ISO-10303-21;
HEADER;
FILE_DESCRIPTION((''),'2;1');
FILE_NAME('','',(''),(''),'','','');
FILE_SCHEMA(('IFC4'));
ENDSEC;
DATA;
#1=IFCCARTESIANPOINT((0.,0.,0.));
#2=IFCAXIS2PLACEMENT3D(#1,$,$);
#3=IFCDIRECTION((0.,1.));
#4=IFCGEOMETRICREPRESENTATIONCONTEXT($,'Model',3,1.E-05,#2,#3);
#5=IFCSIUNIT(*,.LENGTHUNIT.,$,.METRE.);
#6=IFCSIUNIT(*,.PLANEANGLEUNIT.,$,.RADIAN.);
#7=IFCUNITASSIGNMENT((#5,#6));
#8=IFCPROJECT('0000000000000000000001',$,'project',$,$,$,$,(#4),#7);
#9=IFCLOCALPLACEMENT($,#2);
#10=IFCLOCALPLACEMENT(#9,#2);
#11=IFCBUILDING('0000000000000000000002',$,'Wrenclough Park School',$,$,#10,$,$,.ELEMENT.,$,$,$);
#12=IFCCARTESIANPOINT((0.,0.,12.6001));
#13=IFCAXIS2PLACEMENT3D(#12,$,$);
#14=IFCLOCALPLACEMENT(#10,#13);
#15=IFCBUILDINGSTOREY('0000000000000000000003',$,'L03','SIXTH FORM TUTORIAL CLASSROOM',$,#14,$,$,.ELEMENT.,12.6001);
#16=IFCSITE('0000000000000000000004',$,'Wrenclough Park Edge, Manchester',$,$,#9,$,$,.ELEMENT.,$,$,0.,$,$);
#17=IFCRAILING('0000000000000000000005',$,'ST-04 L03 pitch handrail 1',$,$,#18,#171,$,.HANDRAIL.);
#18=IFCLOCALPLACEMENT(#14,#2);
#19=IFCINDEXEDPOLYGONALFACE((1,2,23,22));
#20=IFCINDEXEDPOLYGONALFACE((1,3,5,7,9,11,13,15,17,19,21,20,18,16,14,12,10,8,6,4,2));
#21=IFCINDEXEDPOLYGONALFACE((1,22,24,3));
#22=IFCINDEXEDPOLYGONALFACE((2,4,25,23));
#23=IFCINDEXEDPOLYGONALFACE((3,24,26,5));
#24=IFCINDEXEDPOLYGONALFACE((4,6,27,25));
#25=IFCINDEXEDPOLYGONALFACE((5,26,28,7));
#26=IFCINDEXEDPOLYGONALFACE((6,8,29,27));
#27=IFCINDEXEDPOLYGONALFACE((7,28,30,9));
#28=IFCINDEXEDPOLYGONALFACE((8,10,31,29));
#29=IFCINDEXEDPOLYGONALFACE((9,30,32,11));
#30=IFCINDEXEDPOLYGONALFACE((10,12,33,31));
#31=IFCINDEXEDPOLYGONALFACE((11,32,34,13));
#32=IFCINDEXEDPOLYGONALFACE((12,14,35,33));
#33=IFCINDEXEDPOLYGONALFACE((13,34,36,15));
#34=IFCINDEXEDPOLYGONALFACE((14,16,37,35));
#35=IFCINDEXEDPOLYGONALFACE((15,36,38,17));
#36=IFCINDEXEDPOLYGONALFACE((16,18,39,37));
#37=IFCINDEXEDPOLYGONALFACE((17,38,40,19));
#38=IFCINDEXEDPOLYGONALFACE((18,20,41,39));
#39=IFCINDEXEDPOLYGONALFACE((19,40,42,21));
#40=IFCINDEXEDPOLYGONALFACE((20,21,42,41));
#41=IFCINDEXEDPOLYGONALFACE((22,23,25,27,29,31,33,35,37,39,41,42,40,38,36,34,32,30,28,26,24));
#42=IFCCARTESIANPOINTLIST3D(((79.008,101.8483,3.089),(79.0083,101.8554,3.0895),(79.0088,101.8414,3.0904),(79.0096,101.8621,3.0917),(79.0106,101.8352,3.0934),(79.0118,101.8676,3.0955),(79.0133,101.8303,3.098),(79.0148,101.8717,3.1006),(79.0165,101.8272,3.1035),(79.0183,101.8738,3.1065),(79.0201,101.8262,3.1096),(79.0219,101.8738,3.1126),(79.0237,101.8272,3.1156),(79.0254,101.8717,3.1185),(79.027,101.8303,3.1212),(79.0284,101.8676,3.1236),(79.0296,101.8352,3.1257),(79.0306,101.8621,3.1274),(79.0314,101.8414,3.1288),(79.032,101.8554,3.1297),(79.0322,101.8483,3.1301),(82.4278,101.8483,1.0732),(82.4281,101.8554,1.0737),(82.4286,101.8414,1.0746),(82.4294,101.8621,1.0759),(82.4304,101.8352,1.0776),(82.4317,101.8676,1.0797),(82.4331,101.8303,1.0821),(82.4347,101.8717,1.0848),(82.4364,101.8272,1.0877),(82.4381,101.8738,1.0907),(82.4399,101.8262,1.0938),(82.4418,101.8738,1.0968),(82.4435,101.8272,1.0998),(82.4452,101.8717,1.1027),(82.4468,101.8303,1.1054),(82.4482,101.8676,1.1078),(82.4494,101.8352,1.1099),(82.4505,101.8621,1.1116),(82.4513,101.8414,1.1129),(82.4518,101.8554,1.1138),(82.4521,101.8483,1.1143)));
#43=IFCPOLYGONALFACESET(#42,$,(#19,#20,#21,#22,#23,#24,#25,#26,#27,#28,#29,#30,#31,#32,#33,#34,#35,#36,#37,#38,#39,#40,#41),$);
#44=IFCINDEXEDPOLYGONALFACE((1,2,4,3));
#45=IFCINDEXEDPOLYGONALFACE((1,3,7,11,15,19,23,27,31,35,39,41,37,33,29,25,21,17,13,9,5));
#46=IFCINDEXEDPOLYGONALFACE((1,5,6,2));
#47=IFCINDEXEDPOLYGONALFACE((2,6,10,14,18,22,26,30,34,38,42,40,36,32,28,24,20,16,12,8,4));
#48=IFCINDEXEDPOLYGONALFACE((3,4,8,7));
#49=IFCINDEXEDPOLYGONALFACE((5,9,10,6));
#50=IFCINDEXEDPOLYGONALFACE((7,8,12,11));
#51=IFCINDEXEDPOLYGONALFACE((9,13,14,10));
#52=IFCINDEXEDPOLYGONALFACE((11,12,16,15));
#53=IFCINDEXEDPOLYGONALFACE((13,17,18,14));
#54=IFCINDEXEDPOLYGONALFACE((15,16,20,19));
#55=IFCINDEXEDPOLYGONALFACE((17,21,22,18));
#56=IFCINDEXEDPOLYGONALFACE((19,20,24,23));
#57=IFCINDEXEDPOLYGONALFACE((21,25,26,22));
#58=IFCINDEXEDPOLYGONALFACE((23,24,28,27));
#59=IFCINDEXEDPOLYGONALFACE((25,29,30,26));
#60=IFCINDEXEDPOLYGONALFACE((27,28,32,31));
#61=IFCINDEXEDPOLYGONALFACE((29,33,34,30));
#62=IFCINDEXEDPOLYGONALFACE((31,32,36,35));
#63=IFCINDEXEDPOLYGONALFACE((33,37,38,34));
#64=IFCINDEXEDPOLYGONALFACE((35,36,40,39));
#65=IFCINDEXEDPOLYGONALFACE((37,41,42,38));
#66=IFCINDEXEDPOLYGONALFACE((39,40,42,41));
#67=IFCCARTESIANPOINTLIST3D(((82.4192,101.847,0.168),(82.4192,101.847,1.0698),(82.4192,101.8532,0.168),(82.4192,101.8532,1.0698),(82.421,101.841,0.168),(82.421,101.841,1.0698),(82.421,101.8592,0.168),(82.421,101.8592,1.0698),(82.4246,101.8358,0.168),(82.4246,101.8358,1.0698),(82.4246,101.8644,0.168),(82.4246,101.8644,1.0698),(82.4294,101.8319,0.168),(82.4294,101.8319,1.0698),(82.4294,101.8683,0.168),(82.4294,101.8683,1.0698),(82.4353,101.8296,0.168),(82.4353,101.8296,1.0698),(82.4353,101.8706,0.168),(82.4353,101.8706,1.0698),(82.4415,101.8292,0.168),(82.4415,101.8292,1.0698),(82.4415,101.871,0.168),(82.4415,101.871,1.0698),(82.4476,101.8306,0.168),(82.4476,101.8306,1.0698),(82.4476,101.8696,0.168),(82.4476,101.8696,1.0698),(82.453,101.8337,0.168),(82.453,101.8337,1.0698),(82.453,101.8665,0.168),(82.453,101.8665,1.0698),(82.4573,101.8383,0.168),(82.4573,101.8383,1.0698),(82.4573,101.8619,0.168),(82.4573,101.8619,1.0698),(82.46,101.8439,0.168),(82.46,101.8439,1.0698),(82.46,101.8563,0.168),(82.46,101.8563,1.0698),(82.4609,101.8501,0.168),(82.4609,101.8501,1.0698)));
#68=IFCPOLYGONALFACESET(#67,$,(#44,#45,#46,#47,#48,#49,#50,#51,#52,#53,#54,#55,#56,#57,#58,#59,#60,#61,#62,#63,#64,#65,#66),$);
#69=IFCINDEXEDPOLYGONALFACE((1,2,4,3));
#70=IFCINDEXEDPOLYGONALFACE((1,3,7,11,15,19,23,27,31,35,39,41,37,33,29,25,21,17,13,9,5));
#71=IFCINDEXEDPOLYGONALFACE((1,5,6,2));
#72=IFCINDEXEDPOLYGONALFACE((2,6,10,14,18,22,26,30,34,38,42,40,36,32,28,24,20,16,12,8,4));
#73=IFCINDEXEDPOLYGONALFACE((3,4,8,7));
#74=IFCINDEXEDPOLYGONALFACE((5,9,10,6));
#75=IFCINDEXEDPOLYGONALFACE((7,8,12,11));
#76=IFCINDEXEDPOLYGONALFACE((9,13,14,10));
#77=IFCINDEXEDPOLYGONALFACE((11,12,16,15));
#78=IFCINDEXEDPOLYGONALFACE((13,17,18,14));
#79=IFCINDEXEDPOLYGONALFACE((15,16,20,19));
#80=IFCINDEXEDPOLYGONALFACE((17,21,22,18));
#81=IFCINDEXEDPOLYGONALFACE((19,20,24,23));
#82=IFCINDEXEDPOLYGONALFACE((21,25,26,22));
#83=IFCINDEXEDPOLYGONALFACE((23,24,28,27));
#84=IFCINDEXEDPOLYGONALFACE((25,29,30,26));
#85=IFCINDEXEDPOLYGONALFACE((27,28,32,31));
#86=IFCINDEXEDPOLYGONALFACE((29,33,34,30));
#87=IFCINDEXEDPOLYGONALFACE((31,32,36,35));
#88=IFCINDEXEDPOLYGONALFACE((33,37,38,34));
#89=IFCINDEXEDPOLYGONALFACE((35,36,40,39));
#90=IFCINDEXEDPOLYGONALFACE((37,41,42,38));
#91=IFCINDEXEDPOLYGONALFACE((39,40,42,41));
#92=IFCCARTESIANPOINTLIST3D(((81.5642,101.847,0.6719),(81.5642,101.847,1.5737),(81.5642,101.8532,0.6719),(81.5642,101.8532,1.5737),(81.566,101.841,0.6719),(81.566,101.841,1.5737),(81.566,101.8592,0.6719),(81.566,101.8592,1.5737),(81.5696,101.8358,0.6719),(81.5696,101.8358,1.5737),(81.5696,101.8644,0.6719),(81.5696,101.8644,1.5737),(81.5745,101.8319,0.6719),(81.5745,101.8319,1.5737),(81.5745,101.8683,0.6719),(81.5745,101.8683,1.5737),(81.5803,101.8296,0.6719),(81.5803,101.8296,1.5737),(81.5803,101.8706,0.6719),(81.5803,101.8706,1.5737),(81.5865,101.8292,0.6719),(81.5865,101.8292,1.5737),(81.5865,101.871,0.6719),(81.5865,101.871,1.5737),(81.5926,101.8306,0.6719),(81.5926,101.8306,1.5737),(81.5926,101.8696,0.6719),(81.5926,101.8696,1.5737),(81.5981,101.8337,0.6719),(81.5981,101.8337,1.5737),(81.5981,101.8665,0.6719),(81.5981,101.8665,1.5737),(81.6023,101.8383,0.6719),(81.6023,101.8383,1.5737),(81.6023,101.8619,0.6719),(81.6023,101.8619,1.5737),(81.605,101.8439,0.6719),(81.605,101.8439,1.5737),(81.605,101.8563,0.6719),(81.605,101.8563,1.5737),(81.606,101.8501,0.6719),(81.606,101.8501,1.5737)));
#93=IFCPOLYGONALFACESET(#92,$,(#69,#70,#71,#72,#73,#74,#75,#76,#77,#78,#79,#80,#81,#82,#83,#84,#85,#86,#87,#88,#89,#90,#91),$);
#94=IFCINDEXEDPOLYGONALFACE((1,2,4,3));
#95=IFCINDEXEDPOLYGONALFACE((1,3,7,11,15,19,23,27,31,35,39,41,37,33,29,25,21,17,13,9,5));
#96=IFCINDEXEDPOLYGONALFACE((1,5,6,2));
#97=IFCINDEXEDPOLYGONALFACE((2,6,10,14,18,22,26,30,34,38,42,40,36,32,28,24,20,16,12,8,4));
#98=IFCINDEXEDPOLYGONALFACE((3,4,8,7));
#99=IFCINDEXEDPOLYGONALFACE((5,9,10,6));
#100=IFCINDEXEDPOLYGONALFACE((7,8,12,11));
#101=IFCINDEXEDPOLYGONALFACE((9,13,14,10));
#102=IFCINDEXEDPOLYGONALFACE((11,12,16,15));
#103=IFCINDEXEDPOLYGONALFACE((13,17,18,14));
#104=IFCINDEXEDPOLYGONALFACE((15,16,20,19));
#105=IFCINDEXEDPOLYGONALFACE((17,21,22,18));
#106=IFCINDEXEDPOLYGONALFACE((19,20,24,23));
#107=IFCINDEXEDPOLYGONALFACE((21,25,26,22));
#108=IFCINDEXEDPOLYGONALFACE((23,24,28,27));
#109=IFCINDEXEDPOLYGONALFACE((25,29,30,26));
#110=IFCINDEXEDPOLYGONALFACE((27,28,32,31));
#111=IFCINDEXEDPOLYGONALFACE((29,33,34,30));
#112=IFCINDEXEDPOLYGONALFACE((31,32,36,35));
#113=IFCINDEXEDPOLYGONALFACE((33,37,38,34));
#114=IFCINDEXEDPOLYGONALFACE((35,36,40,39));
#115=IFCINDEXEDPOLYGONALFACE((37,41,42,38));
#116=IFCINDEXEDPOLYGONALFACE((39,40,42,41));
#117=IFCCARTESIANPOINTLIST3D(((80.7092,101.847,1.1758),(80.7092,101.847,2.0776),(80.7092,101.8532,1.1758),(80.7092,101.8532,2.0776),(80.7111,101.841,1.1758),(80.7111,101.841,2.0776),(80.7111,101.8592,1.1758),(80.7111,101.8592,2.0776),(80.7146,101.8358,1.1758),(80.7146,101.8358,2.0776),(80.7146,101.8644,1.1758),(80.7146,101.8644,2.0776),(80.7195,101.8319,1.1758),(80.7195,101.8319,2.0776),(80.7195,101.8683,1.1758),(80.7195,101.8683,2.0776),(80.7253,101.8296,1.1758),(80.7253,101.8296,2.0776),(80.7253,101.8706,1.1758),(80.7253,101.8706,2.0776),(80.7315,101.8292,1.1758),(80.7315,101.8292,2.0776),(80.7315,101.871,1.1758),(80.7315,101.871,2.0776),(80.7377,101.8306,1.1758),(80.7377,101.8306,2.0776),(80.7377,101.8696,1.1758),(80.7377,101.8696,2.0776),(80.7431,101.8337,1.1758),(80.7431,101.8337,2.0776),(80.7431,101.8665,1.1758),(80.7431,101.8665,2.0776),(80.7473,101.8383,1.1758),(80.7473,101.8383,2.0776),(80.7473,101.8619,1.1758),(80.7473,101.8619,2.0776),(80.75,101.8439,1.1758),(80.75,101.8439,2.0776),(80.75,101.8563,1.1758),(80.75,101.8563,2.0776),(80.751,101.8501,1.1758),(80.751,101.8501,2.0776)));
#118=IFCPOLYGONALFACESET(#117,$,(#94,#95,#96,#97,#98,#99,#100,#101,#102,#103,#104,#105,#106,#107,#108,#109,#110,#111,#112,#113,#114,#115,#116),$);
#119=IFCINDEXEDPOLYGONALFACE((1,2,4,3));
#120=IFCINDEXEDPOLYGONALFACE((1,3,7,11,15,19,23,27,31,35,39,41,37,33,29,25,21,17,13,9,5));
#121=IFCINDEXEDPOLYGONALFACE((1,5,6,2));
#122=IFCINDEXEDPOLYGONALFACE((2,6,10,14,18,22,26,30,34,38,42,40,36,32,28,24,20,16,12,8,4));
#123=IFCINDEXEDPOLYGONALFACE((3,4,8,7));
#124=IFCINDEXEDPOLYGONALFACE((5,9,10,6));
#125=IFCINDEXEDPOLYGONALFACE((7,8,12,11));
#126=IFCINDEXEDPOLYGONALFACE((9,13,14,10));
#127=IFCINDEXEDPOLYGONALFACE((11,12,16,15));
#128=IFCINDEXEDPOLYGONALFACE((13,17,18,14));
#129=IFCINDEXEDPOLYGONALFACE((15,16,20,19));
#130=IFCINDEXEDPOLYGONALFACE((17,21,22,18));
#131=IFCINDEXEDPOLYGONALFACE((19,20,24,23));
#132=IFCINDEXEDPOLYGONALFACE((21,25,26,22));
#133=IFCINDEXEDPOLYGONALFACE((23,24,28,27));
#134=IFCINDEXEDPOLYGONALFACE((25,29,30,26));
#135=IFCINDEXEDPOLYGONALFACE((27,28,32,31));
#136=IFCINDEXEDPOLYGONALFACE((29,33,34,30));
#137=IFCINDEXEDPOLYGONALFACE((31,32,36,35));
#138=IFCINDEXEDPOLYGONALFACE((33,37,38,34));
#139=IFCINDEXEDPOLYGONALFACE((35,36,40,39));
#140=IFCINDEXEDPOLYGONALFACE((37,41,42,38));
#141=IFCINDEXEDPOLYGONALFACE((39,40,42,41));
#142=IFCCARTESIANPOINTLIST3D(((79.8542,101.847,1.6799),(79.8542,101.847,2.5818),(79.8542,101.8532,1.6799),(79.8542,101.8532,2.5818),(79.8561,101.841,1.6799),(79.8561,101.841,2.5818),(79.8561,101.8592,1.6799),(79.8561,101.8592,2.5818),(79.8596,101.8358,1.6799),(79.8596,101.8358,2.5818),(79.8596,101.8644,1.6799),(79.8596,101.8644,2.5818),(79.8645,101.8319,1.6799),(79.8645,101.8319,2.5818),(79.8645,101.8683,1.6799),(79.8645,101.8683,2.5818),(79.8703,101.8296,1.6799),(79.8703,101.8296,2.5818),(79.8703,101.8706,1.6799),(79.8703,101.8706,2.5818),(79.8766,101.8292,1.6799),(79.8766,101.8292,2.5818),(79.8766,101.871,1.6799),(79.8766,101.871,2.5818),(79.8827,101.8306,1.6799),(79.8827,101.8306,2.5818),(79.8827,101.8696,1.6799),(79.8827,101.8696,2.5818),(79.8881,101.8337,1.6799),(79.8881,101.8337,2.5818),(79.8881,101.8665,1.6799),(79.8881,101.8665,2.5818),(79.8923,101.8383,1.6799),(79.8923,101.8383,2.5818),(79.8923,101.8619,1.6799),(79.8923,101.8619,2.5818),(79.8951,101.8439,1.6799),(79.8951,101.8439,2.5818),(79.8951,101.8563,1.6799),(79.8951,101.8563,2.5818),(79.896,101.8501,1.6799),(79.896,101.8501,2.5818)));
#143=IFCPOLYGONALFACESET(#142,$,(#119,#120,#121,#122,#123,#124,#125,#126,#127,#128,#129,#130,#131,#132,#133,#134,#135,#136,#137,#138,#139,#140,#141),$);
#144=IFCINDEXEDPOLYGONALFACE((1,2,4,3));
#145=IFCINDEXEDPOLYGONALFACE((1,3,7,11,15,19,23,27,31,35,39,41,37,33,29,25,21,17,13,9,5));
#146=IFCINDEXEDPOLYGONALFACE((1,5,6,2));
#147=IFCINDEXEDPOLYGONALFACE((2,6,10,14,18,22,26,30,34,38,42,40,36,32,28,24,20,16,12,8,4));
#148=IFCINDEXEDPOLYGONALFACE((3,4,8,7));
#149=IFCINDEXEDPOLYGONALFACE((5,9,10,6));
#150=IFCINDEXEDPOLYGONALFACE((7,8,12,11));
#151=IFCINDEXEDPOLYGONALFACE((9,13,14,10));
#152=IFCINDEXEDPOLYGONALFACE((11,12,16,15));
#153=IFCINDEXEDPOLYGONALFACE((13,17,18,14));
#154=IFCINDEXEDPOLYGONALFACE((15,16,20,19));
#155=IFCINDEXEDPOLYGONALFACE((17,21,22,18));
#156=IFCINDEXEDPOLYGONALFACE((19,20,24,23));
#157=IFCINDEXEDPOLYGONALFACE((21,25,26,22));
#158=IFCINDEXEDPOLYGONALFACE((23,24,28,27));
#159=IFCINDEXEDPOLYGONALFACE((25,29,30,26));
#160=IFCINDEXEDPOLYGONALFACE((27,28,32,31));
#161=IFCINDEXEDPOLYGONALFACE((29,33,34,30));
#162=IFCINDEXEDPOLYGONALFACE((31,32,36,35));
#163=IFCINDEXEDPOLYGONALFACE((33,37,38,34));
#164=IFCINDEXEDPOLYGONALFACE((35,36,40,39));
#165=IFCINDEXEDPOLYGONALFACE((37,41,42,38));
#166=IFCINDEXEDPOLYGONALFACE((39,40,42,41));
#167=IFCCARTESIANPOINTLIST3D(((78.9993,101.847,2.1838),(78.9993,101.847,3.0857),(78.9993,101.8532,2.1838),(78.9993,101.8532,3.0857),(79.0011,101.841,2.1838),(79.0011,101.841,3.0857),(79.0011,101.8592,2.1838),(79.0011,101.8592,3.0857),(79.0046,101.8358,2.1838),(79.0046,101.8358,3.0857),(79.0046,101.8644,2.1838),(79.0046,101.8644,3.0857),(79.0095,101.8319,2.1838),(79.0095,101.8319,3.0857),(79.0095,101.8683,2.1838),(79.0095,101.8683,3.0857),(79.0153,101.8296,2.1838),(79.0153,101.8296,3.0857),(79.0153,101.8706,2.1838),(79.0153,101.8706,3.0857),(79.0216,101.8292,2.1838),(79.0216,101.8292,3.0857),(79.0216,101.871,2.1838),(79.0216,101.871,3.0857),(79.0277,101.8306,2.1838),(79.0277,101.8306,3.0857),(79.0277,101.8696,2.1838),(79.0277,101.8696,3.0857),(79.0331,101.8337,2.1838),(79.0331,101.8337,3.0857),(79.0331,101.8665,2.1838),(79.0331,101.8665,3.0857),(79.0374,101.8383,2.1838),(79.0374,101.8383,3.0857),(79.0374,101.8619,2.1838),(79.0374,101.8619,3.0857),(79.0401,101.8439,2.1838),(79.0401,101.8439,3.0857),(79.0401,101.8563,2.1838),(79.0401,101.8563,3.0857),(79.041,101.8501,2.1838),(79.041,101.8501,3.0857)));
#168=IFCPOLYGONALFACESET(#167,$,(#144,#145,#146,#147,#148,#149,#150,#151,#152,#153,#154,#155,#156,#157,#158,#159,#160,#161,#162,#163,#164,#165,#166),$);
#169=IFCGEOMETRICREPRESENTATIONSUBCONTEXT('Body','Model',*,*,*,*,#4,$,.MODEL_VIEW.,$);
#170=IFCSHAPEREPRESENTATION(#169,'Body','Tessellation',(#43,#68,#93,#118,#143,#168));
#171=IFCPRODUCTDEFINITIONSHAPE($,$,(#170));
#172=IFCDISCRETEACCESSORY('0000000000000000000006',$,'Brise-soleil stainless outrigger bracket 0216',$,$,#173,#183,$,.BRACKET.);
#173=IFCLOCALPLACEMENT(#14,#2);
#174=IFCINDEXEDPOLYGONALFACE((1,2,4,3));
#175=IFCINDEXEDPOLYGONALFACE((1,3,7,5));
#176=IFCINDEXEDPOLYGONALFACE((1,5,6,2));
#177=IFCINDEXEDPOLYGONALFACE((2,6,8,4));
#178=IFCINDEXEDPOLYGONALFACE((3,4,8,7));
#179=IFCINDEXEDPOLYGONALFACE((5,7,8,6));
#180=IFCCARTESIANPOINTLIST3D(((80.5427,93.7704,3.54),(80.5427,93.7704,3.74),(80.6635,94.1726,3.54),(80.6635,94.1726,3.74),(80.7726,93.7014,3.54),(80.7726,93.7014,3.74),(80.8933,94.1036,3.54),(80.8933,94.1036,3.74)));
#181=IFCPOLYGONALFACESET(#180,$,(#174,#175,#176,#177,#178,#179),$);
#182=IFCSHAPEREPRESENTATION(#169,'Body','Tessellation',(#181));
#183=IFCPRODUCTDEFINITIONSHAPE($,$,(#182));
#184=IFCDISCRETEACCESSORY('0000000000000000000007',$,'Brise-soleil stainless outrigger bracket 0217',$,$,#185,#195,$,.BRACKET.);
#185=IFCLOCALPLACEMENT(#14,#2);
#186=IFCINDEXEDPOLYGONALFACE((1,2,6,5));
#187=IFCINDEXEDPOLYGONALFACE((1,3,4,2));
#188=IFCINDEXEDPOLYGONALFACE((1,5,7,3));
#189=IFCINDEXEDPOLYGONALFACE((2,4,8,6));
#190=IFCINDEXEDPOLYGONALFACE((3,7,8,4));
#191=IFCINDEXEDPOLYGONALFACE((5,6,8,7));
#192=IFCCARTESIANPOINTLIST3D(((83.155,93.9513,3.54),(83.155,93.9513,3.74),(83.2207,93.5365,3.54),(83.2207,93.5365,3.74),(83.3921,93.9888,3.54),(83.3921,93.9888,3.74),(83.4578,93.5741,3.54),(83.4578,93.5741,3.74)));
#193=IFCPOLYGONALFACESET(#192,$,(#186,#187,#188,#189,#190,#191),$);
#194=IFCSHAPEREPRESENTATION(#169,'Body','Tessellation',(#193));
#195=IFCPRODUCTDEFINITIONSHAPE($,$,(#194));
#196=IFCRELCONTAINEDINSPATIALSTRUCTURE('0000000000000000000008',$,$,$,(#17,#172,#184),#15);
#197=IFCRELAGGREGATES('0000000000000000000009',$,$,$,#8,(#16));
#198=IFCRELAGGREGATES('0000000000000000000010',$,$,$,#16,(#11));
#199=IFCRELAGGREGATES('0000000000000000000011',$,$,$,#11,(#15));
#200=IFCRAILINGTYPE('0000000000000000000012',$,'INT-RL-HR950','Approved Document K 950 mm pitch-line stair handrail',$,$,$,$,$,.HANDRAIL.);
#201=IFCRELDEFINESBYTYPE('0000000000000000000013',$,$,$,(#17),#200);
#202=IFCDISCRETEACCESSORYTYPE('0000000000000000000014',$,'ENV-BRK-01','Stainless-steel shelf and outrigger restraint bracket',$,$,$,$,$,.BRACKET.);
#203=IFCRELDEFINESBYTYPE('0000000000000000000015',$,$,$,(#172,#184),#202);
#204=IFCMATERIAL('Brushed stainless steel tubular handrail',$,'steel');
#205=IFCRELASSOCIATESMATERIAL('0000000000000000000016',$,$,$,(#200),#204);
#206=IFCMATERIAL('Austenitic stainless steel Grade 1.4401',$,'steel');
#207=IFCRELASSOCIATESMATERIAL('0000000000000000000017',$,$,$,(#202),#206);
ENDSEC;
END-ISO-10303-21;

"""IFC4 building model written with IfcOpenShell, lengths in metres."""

from ifc_helpers import new_model, si_unit, direction, frame, origin, origin_2d, place, context, subcontext, project, spatial, rectangle, circle, extrude, material, type_object, element, save


model = new_model("IFC4")

# Units and contexts
model_context = context("Model", 3, precision=1e-05, world=origin(), true_north=direction((0.0, 1.0)))
body_context = subcontext(model_context, "Body", "Model", "MODEL_VIEW")
ifc_project = project(units=[si_unit("LENGTHUNIT", "METRE"), si_unit("PLANEANGLEUNIT", "RADIAN")], contexts=[model_context])

# Site, building, storey
site_placement = place(None, origin())
site = spatial("IfcSite", under=ifc_project, at=site_placement, Name="Wrenclough Park Edge, Manchester", CompositionType="ELEMENT", RefElevation=0.0)
building_placement = place(site_placement, origin())
building = spatial("IfcBuilding", under=site, at=building_placement, Name="Wrenclough Park School", CompositionType="ELEMENT")
storey_placement = place(building_placement, frame((0.0, 0.0, 12.6001)))
storey = spatial("IfcBuildingStorey", under=building, at=storey_placement, Name="L03", Description="SIXTH FORM TUTORIAL CLASSROOM", CompositionType="ELEMENT", Elevation=12.6001)

# Railing
ifc_material_1 = material(Name="Brushed stainless steel tubular handrail", Category="steel")
railing_type_1 = type_object("IfcRailingType", Name="INT-RL-HR950", Description="Approved Document K 950 mm pitch-line stair handrail", PredefinedType="HANDRAIL", material=ifc_material_1)
railing_1_placement = place(storey_placement, frame((82.4399, 101.8501, 0.168)))
element("IfcRailing", 1, at=railing_1_placement, inside=storey, type_object=railing_type_1, Name="ST-04 L03 pitch handrail 1", PredefinedType="HANDRAIL", context=body_context, shape_type="SweptSolid", body=[
    extrude(circle(Radius=0.0239, at=origin_2d()), frame((0.0, 0.0, 0.9258), z_axis=(-0.861477, 0.0, 0.507797), x_axis=(0.0, -1.0, 0.0)), (0.0, 0.0, 1.0), 3.9697),
    extrude(circle(Radius=0.021, at=origin_2d()), origin(), (0.0, 0.0, 1.0), 0.9019),
    extrude(circle(Radius=0.021, at=origin_2d()), frame((-0.855, 0.0, 0.5039)), (0.0, 0.0, 1.0), 0.9019),
    extrude(circle(Radius=0.021, at=origin_2d()), frame((-1.71, 0.0, 1.0078)), (0.0, 0.0, 1.0), 0.9019),
    extrude(circle(Radius=0.021, at=origin_2d()), frame((-2.5649, 0.0, 1.512)), (0.0, 0.0, 1.0), 0.9019),
    extrude(circle(Radius=0.021, at=origin_2d()), frame((-3.4199, 0.0, 2.0159)), (0.0, 0.0, 1.0), 0.9019),
])

# Discrete accessories
ifc_material_2 = material(Name="Austenitic stainless steel Grade 1.4401", Category="steel")
discrete_accessory_type = type_object("IfcDiscreteAccessoryType", Name="ENV-BRK-01", Description="Stainless-steel shelf and outrigger restraint bracket", PredefinedType="BRACKET", material=ifc_material_2)
for number, where, z_axis, x_axis, name in (
    (2, (80.718, 93.937, 3.54), (0.0, 0.0, 1.0), (0.957751, -0.287598, 0.0), "Brise-soleil stainless outrigger bracket 0216"),
    (3, (83.3064, 93.7627, 3.54), (0.0, 0.0, 1.0), (0.987688, 0.156436, 0.0), "Brise-soleil stainless outrigger bracket 0217"),
):
    element("IfcDiscreteAccessory", number, at=place(storey_placement, frame(where, z_axis=z_axis, x_axis=x_axis)), inside=storey, type_object=discrete_accessory_type, Name=name, PredefinedType="BRACKET", context=body_context, shape_type="SweptSolid", body=[
        extrude(rectangle(XDim=0.24, YDim=0.4199, at=origin_2d()), origin(), (0.0, 0.0, 1.0), 0.2),
    ])

save(model, "model.ifc")
